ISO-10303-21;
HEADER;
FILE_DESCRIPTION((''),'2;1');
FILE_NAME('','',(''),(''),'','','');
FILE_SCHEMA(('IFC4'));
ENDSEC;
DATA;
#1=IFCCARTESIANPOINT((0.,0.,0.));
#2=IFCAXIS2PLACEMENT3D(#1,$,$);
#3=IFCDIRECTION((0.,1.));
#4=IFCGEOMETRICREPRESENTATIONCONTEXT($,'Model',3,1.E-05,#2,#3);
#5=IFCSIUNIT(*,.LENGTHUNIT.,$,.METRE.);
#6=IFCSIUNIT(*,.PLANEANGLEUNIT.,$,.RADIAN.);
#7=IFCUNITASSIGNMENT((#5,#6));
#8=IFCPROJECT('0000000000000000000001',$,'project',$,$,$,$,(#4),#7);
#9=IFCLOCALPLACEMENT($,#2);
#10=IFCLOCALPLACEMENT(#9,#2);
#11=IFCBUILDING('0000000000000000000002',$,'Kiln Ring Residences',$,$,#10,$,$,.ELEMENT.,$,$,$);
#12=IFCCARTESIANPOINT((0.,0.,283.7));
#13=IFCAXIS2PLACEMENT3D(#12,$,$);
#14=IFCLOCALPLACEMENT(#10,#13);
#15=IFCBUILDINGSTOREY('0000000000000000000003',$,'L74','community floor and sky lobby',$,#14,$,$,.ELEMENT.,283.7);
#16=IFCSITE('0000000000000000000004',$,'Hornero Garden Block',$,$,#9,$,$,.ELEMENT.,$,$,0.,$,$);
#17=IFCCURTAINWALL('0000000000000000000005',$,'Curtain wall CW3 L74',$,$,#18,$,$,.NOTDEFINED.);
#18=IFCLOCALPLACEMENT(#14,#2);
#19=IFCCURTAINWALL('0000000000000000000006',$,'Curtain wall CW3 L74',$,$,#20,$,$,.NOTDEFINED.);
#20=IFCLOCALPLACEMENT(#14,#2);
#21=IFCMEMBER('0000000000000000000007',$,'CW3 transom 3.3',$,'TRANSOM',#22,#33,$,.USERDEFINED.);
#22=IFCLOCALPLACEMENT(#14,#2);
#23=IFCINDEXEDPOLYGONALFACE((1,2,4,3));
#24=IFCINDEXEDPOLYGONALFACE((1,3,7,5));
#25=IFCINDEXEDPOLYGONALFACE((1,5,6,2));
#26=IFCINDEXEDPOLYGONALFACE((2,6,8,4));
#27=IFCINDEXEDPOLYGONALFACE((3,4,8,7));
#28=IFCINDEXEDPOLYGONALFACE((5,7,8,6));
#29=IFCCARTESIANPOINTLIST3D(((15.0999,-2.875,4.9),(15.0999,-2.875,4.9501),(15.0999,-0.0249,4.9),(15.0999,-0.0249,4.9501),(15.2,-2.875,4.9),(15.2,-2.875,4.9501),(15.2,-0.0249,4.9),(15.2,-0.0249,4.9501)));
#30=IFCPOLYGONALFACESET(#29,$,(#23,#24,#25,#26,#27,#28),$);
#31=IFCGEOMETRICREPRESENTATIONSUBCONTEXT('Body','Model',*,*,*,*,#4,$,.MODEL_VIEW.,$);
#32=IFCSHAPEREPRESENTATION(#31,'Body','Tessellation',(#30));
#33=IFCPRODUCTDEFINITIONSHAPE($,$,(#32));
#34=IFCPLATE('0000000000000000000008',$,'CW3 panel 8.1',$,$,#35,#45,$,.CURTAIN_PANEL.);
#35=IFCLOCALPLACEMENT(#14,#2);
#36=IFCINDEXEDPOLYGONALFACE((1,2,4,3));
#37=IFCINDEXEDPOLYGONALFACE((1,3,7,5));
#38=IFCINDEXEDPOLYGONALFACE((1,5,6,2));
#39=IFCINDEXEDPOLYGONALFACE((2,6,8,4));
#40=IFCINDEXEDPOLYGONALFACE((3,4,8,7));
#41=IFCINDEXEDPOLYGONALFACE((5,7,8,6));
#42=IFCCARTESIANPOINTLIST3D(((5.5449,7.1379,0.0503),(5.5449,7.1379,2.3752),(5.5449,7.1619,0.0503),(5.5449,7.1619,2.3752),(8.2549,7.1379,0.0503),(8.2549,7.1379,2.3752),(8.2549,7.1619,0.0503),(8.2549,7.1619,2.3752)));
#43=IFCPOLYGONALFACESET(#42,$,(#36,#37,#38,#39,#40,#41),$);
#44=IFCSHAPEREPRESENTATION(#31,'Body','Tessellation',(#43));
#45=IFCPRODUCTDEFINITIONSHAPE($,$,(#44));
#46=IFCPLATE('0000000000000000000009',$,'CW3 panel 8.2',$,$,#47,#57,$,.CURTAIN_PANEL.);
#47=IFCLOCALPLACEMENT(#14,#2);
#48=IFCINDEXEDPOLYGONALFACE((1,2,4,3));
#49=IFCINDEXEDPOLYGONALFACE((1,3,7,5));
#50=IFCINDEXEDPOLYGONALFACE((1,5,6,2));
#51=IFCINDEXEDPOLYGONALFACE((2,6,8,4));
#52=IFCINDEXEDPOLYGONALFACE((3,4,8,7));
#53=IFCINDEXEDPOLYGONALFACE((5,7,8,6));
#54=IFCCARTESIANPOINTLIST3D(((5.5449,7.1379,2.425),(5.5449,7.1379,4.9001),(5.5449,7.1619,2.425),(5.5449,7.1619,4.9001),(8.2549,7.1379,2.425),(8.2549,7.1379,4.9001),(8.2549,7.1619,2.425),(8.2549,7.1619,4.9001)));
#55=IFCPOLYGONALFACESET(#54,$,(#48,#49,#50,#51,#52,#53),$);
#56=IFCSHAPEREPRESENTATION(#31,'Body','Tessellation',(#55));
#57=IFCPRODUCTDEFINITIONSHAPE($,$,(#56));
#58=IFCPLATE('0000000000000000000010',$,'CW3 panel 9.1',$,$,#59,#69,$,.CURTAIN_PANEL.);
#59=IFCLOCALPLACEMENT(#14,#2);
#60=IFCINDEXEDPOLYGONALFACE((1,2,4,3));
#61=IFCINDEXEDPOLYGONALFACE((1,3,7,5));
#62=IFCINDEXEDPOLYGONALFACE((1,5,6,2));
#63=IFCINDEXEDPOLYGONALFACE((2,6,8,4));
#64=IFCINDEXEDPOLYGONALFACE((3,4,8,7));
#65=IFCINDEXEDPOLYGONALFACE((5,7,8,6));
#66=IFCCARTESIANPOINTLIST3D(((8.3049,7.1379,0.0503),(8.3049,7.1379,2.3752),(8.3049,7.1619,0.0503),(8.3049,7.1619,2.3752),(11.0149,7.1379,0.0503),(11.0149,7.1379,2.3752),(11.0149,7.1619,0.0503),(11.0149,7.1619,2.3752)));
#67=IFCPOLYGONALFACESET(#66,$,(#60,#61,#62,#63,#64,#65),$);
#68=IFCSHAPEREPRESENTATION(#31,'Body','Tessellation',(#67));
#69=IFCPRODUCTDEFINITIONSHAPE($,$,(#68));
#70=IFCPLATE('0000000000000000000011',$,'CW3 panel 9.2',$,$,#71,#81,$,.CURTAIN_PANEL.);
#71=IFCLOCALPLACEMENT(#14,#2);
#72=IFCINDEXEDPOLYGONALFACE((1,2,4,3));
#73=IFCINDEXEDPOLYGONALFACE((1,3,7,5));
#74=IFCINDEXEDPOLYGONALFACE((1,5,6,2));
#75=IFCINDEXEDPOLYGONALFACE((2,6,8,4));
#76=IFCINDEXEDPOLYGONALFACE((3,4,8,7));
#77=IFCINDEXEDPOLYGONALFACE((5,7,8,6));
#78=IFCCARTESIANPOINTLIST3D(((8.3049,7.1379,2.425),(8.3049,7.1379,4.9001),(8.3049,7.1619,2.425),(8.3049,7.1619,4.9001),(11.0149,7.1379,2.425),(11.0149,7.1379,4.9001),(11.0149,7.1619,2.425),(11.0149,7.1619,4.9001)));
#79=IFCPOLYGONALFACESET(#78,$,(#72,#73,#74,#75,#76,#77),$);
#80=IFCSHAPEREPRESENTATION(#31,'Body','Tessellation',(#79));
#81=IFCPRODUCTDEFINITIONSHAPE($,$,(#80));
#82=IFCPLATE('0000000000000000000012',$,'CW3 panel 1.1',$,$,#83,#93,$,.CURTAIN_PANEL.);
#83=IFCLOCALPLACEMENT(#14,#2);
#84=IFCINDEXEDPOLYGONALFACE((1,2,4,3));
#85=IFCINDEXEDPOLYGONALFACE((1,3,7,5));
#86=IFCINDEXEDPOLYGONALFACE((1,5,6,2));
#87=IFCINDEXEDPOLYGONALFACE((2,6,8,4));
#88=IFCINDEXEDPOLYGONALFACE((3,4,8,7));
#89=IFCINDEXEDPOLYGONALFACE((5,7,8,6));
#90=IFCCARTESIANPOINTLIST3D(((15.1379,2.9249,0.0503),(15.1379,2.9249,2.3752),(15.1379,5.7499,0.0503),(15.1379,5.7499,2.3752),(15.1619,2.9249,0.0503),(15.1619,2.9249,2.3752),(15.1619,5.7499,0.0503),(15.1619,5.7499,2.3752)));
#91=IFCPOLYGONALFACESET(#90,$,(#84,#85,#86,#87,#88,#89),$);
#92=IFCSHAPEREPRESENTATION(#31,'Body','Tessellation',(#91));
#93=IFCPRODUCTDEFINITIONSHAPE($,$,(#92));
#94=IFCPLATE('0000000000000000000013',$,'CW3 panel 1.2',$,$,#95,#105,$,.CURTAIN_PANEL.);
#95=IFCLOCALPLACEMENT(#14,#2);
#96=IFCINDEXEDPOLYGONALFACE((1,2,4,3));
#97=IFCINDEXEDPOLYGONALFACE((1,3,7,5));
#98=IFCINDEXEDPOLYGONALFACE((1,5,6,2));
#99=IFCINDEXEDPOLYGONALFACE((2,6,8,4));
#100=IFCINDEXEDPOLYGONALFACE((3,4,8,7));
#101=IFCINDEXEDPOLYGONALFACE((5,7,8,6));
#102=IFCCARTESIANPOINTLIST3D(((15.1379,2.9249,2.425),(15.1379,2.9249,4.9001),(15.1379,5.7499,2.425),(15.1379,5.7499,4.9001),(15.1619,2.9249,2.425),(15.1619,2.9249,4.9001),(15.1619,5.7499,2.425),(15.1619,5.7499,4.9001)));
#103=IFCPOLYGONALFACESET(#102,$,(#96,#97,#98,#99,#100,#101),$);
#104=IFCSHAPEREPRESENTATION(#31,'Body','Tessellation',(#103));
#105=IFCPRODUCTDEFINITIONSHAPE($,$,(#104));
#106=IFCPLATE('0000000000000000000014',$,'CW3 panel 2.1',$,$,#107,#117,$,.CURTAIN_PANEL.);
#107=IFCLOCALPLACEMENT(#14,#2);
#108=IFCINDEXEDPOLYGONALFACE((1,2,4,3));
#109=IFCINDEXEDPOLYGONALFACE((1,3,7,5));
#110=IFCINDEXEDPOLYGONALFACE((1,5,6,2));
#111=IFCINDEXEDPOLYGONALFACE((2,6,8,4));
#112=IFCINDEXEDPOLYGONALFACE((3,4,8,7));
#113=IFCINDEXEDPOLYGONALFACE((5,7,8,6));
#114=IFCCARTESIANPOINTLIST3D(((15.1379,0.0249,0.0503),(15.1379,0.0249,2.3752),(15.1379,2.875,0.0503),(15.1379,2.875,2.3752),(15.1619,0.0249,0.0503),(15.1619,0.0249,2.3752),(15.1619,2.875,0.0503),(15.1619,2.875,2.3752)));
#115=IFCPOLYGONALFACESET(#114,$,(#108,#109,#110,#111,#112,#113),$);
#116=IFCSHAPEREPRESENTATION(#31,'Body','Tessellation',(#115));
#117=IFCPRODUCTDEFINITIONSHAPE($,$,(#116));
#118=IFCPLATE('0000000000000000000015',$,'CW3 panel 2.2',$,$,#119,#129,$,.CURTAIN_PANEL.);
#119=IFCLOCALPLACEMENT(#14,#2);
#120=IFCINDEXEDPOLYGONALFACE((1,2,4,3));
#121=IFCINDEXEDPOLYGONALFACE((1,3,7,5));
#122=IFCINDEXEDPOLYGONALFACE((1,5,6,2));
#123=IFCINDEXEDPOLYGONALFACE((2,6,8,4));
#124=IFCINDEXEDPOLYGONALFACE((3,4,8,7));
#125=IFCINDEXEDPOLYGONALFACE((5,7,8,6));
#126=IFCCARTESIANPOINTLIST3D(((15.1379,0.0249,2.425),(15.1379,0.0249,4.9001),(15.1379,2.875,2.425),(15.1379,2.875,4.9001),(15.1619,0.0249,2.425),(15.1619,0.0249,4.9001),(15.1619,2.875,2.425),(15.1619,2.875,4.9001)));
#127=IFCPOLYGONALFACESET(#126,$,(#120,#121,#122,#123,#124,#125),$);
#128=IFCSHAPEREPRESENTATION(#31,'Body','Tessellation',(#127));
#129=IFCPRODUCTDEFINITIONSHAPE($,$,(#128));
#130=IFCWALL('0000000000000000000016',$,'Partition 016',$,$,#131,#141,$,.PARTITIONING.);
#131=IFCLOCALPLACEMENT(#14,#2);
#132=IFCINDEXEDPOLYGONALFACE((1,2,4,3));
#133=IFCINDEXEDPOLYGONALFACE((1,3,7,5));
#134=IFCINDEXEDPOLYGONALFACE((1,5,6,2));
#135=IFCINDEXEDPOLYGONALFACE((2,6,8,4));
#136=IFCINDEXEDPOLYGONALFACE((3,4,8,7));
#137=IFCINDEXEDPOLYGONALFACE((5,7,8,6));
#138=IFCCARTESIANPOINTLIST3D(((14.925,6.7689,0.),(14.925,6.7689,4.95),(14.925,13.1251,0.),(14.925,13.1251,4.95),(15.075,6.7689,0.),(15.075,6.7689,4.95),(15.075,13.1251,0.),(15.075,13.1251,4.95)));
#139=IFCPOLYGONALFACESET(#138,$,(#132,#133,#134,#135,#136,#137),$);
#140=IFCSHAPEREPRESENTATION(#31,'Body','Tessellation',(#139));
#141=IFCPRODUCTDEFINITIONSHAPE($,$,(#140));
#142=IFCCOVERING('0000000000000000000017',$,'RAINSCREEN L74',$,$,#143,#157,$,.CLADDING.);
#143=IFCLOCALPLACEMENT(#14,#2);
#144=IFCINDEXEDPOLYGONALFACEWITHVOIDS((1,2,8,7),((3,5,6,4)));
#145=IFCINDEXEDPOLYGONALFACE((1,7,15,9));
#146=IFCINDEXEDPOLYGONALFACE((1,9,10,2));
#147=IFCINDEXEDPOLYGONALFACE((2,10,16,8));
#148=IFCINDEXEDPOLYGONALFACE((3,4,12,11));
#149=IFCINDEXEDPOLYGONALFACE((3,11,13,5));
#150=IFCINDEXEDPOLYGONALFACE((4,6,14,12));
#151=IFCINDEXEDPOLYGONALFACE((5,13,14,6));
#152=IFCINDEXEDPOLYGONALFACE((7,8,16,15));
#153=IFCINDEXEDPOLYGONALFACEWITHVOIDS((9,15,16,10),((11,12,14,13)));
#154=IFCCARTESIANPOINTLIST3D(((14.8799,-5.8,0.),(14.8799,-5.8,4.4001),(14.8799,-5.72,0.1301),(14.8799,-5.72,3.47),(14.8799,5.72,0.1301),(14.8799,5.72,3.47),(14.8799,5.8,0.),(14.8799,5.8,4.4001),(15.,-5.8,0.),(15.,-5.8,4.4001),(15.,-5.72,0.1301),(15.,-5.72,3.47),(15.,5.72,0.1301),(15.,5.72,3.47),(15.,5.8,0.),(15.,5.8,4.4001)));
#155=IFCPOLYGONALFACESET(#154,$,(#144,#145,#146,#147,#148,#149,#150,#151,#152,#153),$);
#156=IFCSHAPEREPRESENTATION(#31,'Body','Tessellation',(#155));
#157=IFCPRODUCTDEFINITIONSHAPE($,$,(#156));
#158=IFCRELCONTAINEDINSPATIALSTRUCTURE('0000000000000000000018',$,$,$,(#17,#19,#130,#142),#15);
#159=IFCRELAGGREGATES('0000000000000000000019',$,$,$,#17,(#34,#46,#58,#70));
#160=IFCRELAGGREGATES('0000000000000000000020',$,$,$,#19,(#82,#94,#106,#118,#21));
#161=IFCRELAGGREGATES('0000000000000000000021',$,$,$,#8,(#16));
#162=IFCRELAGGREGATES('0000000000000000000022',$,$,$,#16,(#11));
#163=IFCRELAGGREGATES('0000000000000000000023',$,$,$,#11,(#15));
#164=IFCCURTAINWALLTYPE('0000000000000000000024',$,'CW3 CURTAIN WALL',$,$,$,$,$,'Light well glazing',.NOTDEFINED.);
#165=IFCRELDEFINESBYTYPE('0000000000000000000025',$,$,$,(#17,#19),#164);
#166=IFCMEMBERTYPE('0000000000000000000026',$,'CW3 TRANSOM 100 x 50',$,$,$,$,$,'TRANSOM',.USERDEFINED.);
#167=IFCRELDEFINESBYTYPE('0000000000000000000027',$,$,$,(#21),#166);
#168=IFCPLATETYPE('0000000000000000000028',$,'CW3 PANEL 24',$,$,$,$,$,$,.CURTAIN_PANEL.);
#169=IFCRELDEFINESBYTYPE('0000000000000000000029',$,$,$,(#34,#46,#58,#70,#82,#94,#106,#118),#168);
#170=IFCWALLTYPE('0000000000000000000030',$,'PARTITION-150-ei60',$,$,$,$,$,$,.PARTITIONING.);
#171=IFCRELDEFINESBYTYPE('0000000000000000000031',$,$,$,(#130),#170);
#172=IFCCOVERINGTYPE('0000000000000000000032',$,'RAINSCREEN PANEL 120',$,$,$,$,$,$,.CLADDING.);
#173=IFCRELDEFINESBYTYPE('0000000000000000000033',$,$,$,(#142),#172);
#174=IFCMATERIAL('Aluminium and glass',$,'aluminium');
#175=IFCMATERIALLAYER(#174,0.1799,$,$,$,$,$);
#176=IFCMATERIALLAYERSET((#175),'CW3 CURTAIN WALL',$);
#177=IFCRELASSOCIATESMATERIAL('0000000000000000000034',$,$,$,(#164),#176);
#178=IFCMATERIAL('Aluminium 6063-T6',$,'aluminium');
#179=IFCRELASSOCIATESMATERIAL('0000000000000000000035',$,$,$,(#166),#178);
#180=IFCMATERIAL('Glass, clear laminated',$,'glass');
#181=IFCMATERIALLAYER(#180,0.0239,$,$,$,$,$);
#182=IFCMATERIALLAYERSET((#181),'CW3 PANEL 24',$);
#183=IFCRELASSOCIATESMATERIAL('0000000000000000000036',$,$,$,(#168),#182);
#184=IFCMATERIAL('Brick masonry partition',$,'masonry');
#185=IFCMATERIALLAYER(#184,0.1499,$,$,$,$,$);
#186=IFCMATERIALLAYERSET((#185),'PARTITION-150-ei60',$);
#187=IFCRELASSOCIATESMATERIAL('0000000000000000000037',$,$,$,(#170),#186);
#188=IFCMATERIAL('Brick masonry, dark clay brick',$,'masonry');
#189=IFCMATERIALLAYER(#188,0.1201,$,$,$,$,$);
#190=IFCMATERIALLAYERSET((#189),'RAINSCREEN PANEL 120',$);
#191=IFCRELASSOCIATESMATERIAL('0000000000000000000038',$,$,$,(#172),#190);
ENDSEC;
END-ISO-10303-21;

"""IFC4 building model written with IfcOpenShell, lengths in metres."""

from ifc_helpers import new_model, si_unit, direction, frame, frame_2d, origin, origin_2d, place, context, subcontext, project, spatial, polyline, rectangle, outline, extrude, material, layer, layer_set, material_profile, profile_set, type_object, element, aggregate, save


model = new_model("IFC4")

# Units and contexts
model_context = context("Model", 3, precision=1e-05, world=origin(), true_north=direction((0.0, 1.0)))
body_context = subcontext(model_context, "Body", "Model", "MODEL_VIEW")
ifc_project = project(units=[si_unit("LENGTHUNIT", "METRE"), si_unit("PLANEANGLEUNIT", "RADIAN")], contexts=[model_context])

# Site, building, storey
site_placement = place(None, origin())
site = spatial("IfcSite", under=ifc_project, at=site_placement, Name="Hornero Garden Block", CompositionType="ELEMENT", RefElevation=0.0)
building_placement = place(site_placement, origin())
building = spatial("IfcBuilding", under=site, at=building_placement, Name="Kiln Ring Residences", CompositionType="ELEMENT")
storey_placement = place(building_placement, frame((0.0, 0.0, 283.7)))
storey = spatial("IfcBuildingStorey", under=building, at=storey_placement, Name="L74", Description="community floor and sky lobby", CompositionType="ELEMENT", Elevation=283.7)

# Curtain walls
ifc_material_1 = material(Name="Aluminium and glass", Category="aluminium")
ifc_layer_1 = layer(ifc_material_1, 0.1799)
ifc_layer_set_1 = layer_set([ifc_layer_1], Name="CW3 CURTAIN WALL")
curtain_wall_type = type_object("IfcCurtainWallType", Name="CW3 CURTAIN WALL", ElementType="Light well glazing", PredefinedType="NOTDEFINED", material=ifc_layer_set_1)
placement = place(storey_placement, origin())
curtain_wall_1 = element("IfcCurtainWall", 1, at=placement, inside=storey, type_object=curtain_wall_type, Name="Curtain wall CW3 L74", PredefinedType="NOTDEFINED")
curtain_wall_2 = element("IfcCurtainWall", 2, at=placement, inside=storey, type_object=curtain_wall_type, Name="Curtain wall CW3 L74", PredefinedType="NOTDEFINED")

# Member
ifc_material_2 = material(Name="Aluminium 6063-T6", Category="aluminium")
ifc_material_profile_1 = material_profile(ifc_material_2, rectangle(XDim=0.1001, YDim=0.05, at=origin_2d()), Name="AL 100x50")
ifc_profile_set_1 = profile_set([ifc_material_profile_1], Name="Aluminium 6063-T6")
member_type_1 = type_object("IfcMemberType", Name="CW3 TRANSOM 100 x 50", ElementType="TRANSOM", PredefinedType="USERDEFINED", material=ifc_profile_set_1)
member_1_placement = place(storey_placement, frame((15.1499, -0.0249, 4.925), z_axis=(0.0, -1.0, 0.0), x_axis=(1.0, 0.0, 0.0)))
member_1 = element("IfcMember", 3, at=member_1_placement, type_object=member_type_1, Name="CW3 transom 3.3", ObjectType="TRANSOM", PredefinedType="USERDEFINED", context=body_context, shape_type="SweptSolid", body=[
    extrude(rectangle(XDim=0.1001, YDim=0.05, at=origin_2d()), origin(), (0.0, 0.0, 1.0), 2.8501),
])

# Plates
ifc_material_3 = material(Name="Glass, clear laminated", Category="glass")
ifc_layer_2 = layer(ifc_material_3, 0.0239)
ifc_layer_set_2 = layer_set([ifc_layer_2], Name="CW3 PANEL 24")
plate_type = type_object("IfcPlateType", Name="CW3 PANEL 24", PredefinedType="CURTAIN_PANEL", material=ifc_layer_set_2)
plate_1_placement = place(storey_placement, frame((6.8999, 7.1499, 0.0503), z_axis=(0.0, 0.0, 1.0), x_axis=(1.0, 0.0, 0.0)))
plate_1 = element("IfcPlate", 4, at=plate_1_placement, type_object=plate_type, Name="CW3 panel 8.1", PredefinedType="CURTAIN_PANEL", context=body_context, shape_type="SweptSolid", body=[
    extrude(rectangle(XDim=2.71, YDim=0.0239, at=origin_2d()), origin(), (0.0, 0.0, 1.0), 2.325),
])
plate_2_placement = place(storey_placement, frame((6.8999, 7.1499, 2.425), z_axis=(0.0, 0.0, 1.0), x_axis=(1.0, 0.0, 0.0)))
plate_2 = element("IfcPlate", 5, at=plate_2_placement, type_object=plate_type, Name="CW3 panel 8.2", PredefinedType="CURTAIN_PANEL", context=body_context, shape_type="SweptSolid", body=[
    extrude(rectangle(XDim=2.71, YDim=0.0239, at=origin_2d()), origin(), (0.0, 0.0, 1.0), 2.4751),
])
plate_3_placement = place(storey_placement, frame((9.6599, 7.1499, 0.0503), z_axis=(0.0, 0.0, 1.0), x_axis=(1.0, 0.0, 0.0)))
plate_3 = element("IfcPlate", 6, at=plate_3_placement, type_object=plate_type, Name="CW3 panel 9.1", PredefinedType="CURTAIN_PANEL", context=body_context, shape_type="SweptSolid", body=[
    extrude(rectangle(XDim=2.71, YDim=0.0239, at=origin_2d()), origin(), (0.0, 0.0, 1.0), 2.325),
])
plate_4_placement = place(storey_placement, frame((9.6599, 7.1499, 2.425), z_axis=(0.0, 0.0, 1.0), x_axis=(1.0, 0.0, 0.0)))
plate_4 = element("IfcPlate", 7, at=plate_4_placement, type_object=plate_type, Name="CW3 panel 9.2", PredefinedType="CURTAIN_PANEL", context=body_context, shape_type="SweptSolid", body=[
    extrude(rectangle(XDim=2.71, YDim=0.0239, at=origin_2d()), origin(), (0.0, 0.0, 1.0), 2.4751),
])
aggregate(curtain_wall_1, [plate_1, plate_2, plate_3, plate_4])
plate_5_placement = place(storey_placement, frame((15.1499, 4.3374, 0.0503), z_axis=(0.0, 0.0, 1.0), x_axis=(0.0, -1.0, 0.0)))
plate_5 = element("IfcPlate", 8, at=plate_5_placement, type_object=plate_type, Name="CW3 panel 1.1", PredefinedType="CURTAIN_PANEL", context=body_context, shape_type="SweptSolid", body=[
    extrude(rectangle(XDim=2.825, YDim=0.0239, at=origin_2d()), origin(), (0.0, 0.0, 1.0), 2.325),
])
plate_6_placement = place(storey_placement, frame((15.1499, 4.3374, 2.425), z_axis=(0.0, 0.0, 1.0), x_axis=(0.0, -1.0, 0.0)))
plate_6 = element("IfcPlate", 9, at=plate_6_placement, type_object=plate_type, Name="CW3 panel 1.2", PredefinedType="CURTAIN_PANEL", context=body_context, shape_type="SweptSolid", body=[
    extrude(rectangle(XDim=2.825, YDim=0.0239, at=origin_2d()), origin(), (0.0, 0.0, 1.0), 2.4751),
])
plate_7_placement = place(storey_placement, frame((15.1499, 1.45, 0.0503), z_axis=(0.0, 0.0, 1.0), x_axis=(0.0, -1.0, 0.0)))
plate_7 = element("IfcPlate", 10, at=plate_7_placement, type_object=plate_type, Name="CW3 panel 2.1", PredefinedType="CURTAIN_PANEL", context=body_context, shape_type="SweptSolid", body=[
    extrude(rectangle(XDim=2.8501, YDim=0.0239, at=origin_2d()), origin(), (0.0, 0.0, 1.0), 2.325),
])
plate_8_placement = place(storey_placement, frame((15.1499, 1.45, 2.425), z_axis=(0.0, 0.0, 1.0), x_axis=(0.0, -1.0, 0.0)))
plate_8 = element("IfcPlate", 11, at=plate_8_placement, type_object=plate_type, Name="CW3 panel 2.2", PredefinedType="CURTAIN_PANEL", context=body_context, shape_type="SweptSolid", body=[
    extrude(rectangle(XDim=2.8501, YDim=0.0239, at=origin_2d()), origin(), (0.0, 0.0, 1.0), 2.4751),
])
aggregate(curtain_wall_2, [plate_5, plate_6, plate_7, plate_8, member_1])

# Wall
ifc_material_4 = material(Name="Brick masonry partition", Category="masonry")
ifc_layer_3 = layer(ifc_material_4, 0.1499)
ifc_layer_set_3 = layer_set([ifc_layer_3], Name="PARTITION-150-ei60")
wall_type = type_object("IfcWallType", Name="PARTITION-150-ei60", PredefinedType="PARTITIONING", material=ifc_layer_set_3)
wall_placement = place(storey_placement, frame((15.0, 6.7688, 0.0), z_axis=(0.0, 0.0, 1.0), x_axis=(0.0, 1.0, 0.0)))
element("IfcWall", 12, at=wall_placement, inside=storey, type_object=wall_type, Name="Partition 016", PredefinedType="PARTITIONING", context=body_context, shape_type="SweptSolid", body=[
    extrude(rectangle(XDim=6.3562, YDim=0.1499, at=frame_2d((3.1782, 0.0))), origin(), (0.0, 0.0, 1.0), 4.95),
])

# Covering
ifc_material_5 = material(Name="Brick masonry, dark clay brick", Category="masonry")
ifc_layer_4 = layer(ifc_material_5, 0.1201)
ifc_layer_set_4 = layer_set([ifc_layer_4], Name="RAINSCREEN PANEL 120")
covering_type = type_object("IfcCoveringType", Name="RAINSCREEN PANEL 120", PredefinedType="CLADDING", material=ifc_layer_set_4)
covering_placement = place(storey_placement, frame((14.9399, 5.8, 0.0), z_axis=(0.0, 0.0, 1.0), x_axis=(0.0, -1.0, 0.0)))
element("IfcCovering", 13, at=covering_placement, inside=storey, type_object=covering_type, Name="RAINSCREEN L74", PredefinedType="CLADDING", context=body_context, shape_type="SweptSolid", body=[
    extrude(outline(polyline([(0.0, 0.0), (11.6001, 0.0), (11.6001, 4.4001), (0.0, 4.4001), (0.0, 0.0)]), holes=[polyline([(0.0801, 3.47), (0.0801, 0.1301), (11.52, 0.1301), (11.52, 3.47), (0.0801, 3.47)])]), frame((0.0, 0.0601, 0.0), z_axis=(0.0, -1.0, 0.0), x_axis=(1.0, 0.0, 0.0)), (0.0, 0.0, 1.0), 0.1201),
])

save(model, "model.ifc")
